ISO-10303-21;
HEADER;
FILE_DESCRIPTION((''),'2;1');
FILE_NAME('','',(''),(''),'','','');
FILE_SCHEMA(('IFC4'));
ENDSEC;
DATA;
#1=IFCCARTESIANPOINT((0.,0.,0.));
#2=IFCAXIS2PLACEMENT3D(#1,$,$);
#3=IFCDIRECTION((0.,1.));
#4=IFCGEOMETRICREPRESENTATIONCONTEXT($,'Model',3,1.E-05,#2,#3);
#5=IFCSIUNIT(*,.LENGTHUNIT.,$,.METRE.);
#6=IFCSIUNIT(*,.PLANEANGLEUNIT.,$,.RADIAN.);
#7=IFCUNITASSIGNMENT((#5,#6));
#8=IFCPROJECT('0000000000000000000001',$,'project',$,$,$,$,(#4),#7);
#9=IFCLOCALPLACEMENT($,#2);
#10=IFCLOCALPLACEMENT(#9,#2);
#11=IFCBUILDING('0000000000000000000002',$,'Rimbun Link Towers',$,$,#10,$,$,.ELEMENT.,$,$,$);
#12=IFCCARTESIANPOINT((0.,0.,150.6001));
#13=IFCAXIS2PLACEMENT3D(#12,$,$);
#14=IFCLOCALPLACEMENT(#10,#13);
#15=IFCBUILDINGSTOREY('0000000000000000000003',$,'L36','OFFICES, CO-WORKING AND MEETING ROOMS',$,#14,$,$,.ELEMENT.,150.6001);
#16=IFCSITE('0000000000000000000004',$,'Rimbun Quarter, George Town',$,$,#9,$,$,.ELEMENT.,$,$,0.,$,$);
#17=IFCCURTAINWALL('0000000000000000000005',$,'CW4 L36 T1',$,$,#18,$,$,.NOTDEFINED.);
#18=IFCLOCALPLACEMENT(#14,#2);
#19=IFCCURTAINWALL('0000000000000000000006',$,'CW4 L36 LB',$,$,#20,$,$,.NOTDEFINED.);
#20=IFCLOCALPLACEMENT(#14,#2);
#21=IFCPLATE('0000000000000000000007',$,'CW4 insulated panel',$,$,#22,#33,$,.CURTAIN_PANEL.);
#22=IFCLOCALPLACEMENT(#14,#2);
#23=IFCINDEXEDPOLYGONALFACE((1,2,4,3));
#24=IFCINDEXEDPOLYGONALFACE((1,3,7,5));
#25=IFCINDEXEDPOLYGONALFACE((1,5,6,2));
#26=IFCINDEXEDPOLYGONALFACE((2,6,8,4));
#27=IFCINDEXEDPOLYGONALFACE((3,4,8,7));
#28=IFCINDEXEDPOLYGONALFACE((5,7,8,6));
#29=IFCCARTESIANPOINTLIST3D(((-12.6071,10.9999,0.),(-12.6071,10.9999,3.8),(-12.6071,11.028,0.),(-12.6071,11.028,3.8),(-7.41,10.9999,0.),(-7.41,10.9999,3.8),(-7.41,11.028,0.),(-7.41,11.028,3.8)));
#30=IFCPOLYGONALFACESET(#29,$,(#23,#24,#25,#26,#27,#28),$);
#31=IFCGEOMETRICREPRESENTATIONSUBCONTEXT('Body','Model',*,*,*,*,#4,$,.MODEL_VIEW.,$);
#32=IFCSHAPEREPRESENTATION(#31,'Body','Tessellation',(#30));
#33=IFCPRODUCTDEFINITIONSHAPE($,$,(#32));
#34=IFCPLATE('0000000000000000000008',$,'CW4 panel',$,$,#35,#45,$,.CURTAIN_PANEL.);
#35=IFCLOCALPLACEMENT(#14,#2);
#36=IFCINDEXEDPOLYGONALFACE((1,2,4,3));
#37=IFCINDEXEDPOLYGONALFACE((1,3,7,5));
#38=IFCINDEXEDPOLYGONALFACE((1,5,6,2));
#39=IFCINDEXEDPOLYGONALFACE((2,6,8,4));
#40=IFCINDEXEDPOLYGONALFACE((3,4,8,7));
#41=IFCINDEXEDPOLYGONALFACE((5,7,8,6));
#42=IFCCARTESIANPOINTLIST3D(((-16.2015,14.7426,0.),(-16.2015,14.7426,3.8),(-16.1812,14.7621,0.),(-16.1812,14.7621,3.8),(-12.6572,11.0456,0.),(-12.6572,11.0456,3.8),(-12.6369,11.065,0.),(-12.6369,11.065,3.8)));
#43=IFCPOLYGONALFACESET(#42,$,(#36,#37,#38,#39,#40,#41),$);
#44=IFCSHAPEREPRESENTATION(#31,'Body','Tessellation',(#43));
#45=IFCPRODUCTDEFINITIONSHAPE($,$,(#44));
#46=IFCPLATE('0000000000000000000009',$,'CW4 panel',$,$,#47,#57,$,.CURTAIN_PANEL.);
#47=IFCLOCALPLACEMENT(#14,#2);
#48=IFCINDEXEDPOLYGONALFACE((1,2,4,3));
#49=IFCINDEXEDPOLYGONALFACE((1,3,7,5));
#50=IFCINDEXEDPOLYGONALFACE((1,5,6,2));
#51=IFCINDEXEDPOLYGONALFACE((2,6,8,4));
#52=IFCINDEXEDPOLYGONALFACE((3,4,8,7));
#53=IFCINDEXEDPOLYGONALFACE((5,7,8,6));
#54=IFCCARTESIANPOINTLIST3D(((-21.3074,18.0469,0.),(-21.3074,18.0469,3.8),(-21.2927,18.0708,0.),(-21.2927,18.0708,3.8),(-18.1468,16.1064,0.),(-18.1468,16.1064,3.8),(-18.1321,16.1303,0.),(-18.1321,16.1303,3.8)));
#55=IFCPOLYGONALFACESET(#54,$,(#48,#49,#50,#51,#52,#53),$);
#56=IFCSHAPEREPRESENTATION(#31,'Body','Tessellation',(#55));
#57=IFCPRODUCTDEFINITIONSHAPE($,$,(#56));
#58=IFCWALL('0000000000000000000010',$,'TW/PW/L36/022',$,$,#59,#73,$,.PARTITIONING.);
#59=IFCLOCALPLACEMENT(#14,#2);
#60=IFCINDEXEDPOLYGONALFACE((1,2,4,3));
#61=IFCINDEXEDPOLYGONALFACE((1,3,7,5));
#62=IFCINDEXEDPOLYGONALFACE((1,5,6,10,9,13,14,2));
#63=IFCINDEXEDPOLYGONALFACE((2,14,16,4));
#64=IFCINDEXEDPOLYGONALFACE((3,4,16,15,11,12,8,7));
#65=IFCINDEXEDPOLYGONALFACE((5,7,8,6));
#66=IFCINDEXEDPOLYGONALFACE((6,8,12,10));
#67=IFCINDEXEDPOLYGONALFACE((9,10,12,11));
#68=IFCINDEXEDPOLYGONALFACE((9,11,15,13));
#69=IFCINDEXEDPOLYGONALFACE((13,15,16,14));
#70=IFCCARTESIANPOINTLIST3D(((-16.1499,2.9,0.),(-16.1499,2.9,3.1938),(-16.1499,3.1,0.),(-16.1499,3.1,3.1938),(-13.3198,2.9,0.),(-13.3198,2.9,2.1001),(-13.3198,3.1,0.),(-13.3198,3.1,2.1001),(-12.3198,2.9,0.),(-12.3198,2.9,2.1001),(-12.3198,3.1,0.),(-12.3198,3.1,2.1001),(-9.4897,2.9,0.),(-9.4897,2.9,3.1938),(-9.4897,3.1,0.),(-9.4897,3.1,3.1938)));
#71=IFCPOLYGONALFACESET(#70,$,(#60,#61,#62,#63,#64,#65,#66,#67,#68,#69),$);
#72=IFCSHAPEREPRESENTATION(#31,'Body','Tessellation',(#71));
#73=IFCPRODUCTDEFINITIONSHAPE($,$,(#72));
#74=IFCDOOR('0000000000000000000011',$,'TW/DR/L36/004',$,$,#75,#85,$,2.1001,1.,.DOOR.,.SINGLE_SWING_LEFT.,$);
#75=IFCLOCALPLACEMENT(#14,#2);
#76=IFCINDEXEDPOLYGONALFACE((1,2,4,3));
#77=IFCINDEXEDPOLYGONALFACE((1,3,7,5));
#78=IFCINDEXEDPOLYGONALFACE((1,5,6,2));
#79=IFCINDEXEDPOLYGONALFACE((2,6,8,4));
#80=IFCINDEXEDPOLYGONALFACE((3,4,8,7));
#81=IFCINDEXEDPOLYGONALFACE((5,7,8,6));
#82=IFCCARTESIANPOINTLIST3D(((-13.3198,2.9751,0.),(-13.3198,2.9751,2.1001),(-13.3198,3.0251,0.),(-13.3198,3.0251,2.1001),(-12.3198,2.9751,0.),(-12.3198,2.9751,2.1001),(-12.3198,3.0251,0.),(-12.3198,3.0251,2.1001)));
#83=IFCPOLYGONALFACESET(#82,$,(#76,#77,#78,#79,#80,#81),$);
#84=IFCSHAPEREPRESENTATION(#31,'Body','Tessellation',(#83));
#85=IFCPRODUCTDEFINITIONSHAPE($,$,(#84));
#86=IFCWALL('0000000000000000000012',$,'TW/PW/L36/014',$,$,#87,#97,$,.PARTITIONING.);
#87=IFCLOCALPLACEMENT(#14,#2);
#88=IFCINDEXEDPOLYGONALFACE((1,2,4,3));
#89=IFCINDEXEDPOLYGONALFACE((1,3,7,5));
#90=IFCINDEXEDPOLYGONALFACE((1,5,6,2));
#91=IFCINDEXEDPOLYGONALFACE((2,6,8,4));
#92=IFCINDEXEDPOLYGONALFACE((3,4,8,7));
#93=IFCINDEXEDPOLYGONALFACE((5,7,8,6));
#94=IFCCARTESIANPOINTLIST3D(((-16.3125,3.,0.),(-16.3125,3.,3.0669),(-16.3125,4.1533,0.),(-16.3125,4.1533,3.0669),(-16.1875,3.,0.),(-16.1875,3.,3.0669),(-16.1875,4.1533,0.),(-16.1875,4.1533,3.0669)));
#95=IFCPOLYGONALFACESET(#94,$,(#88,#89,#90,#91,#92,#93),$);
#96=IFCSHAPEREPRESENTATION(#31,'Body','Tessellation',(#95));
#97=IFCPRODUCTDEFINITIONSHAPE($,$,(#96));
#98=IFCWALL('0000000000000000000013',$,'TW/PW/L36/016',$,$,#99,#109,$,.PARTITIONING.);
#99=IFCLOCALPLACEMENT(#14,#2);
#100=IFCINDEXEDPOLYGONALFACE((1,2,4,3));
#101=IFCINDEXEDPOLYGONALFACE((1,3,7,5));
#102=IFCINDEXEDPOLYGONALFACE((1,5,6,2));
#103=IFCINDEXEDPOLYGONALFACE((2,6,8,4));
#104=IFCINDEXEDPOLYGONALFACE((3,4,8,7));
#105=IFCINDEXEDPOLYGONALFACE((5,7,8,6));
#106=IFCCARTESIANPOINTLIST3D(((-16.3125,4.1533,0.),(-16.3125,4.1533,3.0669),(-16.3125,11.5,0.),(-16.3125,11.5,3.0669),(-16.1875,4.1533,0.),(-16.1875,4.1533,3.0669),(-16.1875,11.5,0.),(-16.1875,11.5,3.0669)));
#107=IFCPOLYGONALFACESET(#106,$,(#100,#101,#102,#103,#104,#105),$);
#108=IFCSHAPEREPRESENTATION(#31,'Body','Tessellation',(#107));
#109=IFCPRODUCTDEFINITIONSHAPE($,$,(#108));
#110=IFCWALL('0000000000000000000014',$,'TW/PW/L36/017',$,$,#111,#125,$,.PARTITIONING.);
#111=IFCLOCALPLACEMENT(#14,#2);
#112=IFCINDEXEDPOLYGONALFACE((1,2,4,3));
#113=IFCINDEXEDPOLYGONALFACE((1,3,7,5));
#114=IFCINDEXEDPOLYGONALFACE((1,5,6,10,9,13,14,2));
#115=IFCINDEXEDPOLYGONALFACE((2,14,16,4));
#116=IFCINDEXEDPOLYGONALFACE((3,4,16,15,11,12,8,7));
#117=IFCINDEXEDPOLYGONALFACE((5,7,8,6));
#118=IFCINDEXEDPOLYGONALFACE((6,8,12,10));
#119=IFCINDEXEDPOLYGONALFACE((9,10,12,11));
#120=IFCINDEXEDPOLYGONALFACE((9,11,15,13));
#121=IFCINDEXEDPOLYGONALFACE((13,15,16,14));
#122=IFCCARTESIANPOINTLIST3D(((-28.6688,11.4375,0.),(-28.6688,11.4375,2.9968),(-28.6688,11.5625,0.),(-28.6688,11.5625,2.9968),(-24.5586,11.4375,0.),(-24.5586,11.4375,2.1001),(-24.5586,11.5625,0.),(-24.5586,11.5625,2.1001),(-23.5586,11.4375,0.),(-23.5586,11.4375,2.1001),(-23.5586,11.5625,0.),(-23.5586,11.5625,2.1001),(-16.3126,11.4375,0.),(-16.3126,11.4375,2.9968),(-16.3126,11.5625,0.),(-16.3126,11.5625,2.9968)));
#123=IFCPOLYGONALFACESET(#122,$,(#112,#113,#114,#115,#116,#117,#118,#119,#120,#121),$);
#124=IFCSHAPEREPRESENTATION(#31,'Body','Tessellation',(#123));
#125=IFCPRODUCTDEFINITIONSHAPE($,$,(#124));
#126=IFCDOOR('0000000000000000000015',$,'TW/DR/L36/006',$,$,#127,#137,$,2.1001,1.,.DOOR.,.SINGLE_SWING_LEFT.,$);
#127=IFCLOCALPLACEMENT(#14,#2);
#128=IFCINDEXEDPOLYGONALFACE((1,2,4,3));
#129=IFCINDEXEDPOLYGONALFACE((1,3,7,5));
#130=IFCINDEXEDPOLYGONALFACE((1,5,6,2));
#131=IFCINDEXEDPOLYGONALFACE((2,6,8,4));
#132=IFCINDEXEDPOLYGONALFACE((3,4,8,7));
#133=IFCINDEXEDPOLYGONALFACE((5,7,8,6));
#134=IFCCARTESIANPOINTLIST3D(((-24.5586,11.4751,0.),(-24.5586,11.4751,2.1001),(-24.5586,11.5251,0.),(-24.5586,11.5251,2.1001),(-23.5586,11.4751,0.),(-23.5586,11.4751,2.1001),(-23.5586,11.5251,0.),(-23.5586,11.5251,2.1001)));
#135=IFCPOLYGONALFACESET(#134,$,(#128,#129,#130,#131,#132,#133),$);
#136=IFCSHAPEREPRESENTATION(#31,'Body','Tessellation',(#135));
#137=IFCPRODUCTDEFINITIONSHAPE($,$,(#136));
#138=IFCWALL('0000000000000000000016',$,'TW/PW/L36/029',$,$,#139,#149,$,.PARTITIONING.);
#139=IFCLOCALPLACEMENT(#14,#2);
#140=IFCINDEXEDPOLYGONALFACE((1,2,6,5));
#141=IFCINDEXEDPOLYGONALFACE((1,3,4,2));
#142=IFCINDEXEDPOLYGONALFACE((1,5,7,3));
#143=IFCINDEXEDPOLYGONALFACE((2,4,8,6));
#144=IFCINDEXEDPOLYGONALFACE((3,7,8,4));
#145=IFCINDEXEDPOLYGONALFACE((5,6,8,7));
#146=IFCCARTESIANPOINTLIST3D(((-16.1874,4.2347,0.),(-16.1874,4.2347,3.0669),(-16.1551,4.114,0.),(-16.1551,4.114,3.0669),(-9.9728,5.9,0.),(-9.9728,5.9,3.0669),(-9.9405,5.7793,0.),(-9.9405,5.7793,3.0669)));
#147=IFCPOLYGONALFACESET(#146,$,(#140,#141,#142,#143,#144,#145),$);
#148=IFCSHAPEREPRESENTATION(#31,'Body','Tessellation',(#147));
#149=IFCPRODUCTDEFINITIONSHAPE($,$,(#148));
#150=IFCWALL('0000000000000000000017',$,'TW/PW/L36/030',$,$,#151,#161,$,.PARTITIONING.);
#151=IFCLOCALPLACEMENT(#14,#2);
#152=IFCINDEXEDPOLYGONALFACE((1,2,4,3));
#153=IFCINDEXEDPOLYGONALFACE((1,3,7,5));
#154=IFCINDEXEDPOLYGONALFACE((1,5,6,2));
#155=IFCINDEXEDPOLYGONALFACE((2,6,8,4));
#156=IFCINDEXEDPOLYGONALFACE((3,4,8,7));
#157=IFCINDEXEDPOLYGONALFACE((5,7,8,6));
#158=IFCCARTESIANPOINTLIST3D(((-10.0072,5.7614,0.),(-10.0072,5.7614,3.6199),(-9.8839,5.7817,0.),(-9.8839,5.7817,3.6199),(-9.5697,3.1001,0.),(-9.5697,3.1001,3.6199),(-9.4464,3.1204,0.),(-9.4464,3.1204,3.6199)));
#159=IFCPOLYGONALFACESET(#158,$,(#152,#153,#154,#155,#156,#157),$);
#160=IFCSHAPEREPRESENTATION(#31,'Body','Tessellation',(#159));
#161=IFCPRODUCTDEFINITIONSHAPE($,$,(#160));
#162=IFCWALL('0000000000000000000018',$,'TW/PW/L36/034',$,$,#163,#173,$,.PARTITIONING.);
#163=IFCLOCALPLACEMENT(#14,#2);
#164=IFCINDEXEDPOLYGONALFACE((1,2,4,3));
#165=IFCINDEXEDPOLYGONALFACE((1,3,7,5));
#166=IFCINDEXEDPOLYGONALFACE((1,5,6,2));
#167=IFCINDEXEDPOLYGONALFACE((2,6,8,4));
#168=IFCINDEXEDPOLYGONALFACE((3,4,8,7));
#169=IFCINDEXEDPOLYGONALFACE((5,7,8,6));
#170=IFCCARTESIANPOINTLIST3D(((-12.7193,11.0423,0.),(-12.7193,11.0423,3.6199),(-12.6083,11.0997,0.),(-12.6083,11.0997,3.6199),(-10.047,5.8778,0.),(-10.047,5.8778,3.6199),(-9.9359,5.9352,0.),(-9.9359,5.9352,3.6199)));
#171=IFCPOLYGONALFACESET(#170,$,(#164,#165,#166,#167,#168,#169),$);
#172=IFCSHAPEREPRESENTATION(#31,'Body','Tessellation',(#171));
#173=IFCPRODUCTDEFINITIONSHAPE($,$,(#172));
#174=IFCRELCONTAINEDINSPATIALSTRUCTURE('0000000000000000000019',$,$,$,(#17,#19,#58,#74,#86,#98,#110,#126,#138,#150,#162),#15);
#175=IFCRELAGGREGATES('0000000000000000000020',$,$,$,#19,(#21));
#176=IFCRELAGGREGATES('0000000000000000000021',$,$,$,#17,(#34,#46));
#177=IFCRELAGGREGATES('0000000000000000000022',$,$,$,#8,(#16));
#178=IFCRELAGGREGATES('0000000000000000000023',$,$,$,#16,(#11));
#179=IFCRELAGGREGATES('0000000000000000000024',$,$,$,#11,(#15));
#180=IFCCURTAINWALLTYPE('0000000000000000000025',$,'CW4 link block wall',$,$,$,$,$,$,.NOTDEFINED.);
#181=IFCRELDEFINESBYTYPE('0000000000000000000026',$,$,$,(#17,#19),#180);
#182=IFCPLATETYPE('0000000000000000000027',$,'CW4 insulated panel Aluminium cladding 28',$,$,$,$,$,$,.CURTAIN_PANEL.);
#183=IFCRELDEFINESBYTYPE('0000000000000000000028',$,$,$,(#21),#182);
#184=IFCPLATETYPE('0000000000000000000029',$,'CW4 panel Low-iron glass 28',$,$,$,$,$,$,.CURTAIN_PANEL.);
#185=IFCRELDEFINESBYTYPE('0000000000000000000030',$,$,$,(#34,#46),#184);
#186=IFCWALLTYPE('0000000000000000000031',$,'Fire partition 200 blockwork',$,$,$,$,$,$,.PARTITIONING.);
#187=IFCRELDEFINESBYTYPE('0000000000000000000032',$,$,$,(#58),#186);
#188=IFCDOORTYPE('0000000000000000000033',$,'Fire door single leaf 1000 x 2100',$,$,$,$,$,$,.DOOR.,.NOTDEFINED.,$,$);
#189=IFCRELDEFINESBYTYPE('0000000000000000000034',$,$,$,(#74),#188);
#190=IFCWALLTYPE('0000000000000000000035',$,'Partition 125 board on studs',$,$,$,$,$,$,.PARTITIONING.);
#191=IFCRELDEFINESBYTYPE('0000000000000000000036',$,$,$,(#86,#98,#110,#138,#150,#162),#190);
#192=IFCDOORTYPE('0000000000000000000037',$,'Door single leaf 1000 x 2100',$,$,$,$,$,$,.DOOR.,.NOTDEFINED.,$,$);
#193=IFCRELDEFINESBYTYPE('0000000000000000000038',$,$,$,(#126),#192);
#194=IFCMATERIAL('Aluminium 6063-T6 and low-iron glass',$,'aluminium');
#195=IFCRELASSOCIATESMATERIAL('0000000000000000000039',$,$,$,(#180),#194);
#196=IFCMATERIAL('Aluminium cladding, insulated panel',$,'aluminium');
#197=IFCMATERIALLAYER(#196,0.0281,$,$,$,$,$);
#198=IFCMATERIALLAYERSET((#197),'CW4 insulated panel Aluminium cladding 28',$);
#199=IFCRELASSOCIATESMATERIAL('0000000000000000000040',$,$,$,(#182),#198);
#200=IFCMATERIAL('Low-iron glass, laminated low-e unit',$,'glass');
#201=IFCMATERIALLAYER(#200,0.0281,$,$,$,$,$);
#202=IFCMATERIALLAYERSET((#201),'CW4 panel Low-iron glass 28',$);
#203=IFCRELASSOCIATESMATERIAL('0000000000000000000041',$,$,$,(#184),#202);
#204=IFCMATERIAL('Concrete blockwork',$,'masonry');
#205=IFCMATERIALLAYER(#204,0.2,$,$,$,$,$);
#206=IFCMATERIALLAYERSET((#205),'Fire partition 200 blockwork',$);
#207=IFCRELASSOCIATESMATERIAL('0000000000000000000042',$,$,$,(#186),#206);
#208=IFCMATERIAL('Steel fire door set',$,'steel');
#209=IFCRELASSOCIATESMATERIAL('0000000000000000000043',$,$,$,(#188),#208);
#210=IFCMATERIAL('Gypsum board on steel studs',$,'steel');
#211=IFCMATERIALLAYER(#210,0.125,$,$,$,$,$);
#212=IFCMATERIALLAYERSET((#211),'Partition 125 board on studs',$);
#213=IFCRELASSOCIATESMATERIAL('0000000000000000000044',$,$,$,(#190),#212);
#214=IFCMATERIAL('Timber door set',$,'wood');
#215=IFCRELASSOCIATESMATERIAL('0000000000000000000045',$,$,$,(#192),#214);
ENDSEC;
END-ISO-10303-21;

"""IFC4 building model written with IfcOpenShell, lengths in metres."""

from ifc_helpers import new_model, si_unit, direction, frame, frame_2d, origin, origin_2d, place, context, subcontext, project, spatial, rectangle, extrude, material, layer, layer_set, type_object, element, fill, aggregate, save


model = new_model("IFC4")

# Units and contexts
model_context = context("Model", 3, precision=1e-05, world=origin(), true_north=direction((0.0, 1.0)))
body_context = subcontext(model_context, "Body", "Model", "MODEL_VIEW")
ifc_project = project(units=[si_unit("LENGTHUNIT", "METRE"), si_unit("PLANEANGLEUNIT", "RADIAN")], contexts=[model_context])

# Site, building, storey
site_placement = place(None, origin())
site = spatial("IfcSite", under=ifc_project, at=site_placement, Name="Rimbun Quarter, George Town", CompositionType="ELEMENT", RefElevation=0.0)
building_placement = place(site_placement, origin())
building = spatial("IfcBuilding", under=site, at=building_placement, Name="Rimbun Link Towers", CompositionType="ELEMENT")
storey_placement = place(building_placement, frame((0.0, 0.0, 150.6001)))
storey = spatial("IfcBuildingStorey", under=building, at=storey_placement, Name="L36", Description="OFFICES, CO-WORKING AND MEETING ROOMS", CompositionType="ELEMENT", Elevation=150.6001)

# Curtain walls
ifc_material_1 = material(Name="Aluminium 6063-T6 and low-iron glass", Category="aluminium")
curtain_wall_type = type_object("IfcCurtainWallType", Name="CW4 link block wall", PredefinedType="NOTDEFINED", material=ifc_material_1)
curtain_wall_1_placement = place(storey_placement, origin())
curtain_wall_1 = element("IfcCurtainWall", 1, at=curtain_wall_1_placement, inside=storey, type_object=curtain_wall_type, Name="CW4 L36 T1", PredefinedType="NOTDEFINED")
curtain_wall_2_placement = place(storey_placement, origin())
curtain_wall_2 = element("IfcCurtainWall", 2, at=curtain_wall_2_placement, inside=storey, type_object=curtain_wall_type, Name="CW4 L36 LB", PredefinedType="NOTDEFINED")

# Plates
ifc_material_2 = material(Name="Aluminium cladding, insulated panel", Category="aluminium")
ifc_layer_1 = layer(ifc_material_2, 0.0281)
ifc_layer_set_1 = layer_set([ifc_layer_1], Name="CW4 insulated panel Aluminium cladding 28")
plate_type_1 = type_object("IfcPlateType", Name="CW4 insulated panel Aluminium cladding 28", PredefinedType="CURTAIN_PANEL", material=ifc_layer_set_1)
plate_1_placement = place(storey_placement, frame((-10.0085, 11.0139, 0.0), z_axis=(0.0, 0.0, 1.0), x_axis=(1.0, 0.0, 0.0)))
plate_1 = element("IfcPlate", 3, at=plate_1_placement, type_object=plate_type_1, Name="CW4 insulated panel", PredefinedType="CURTAIN_PANEL", context=body_context, shape_type="SweptSolid", body=[
    extrude(rectangle(XDim=5.197, YDim=0.0281, at=origin_2d()), origin(), (0.0, 0.0, 1.0), 3.8),
])
aggregate(curtain_wall_2, [plate_1])
ifc_material_3 = material(Name="Low-iron glass, laminated low-e unit", Category="glass")
ifc_layer_2 = layer(ifc_material_3, 0.0281)
ifc_layer_set_2 = layer_set([ifc_layer_2], Name="CW4 panel Low-iron glass 28")
plate_type_2 = type_object("IfcPlateType", Name="CW4 panel Low-iron glass 28", PredefinedType="CURTAIN_PANEL", material=ifc_layer_set_2)
plate_2_placement = place(storey_placement, frame((-14.4192, 12.9038, 0.0), z_axis=(0.0, 0.0, 1.0), x_axis=(0.692041, -0.721858, 0.0)))
plate_2 = element("IfcPlate", 4, at=plate_2_placement, type_object=plate_type_2, Name="CW4 panel", PredefinedType="CURTAIN_PANEL", context=body_context, shape_type="SweptSolid", body=[
    extrude(rectangle(XDim=5.1216, YDim=0.0281, at=origin_2d()), origin(), (0.0, 0.0, 1.0), 3.8),
])
plate_3_placement = place(storey_placement, frame((-19.7197, 17.0886, 0.0), z_axis=(0.0, 0.0, 1.0), x_axis=(0.852194, -0.523225, 0.0)))
plate_3 = element("IfcPlate", 5, at=plate_3_placement, type_object=plate_type_2, Name="CW4 panel", PredefinedType="CURTAIN_PANEL", context=body_context, shape_type="SweptSolid", body=[
    extrude(rectangle(XDim=3.7087, YDim=0.0281, at=origin_2d()), origin(), (0.0, 0.0, 1.0), 3.8),
])
aggregate(curtain_wall_1, [plate_2, plate_3])

# Wall, opening, door
ifc_material_4 = material(Name="Concrete blockwork", Category="masonry")
ifc_layer_3 = layer(ifc_material_4, 0.2)
ifc_layer_set_3 = layer_set([ifc_layer_3], Name="Fire partition 200 blockwork")
wall_type_1 = type_object("IfcWallType", Name="Fire partition 200 blockwork", PredefinedType="PARTITIONING", material=ifc_layer_set_3)
wall_1_placement = place(storey_placement, frame((-9.4897, 3.0, 0.0), z_axis=(0.0, 0.0, 1.0), x_axis=(-1.0, 0.0, 0.0)))
wall_1 = element("IfcWall", 6, at=wall_1_placement, inside=storey, type_object=wall_type_1, Name="TW/PW/L36/022", PredefinedType="PARTITIONING", context=body_context, shape_type="SweptSolid", body=[
    extrude(rectangle(XDim=6.6602, YDim=0.2, at=frame_2d((3.3301, 0.0))), origin(), (0.0, 0.0, 1.0), 3.1938),
])
opening_1_placement = place(wall_1_placement, frame((2.8301, 0.0, 0.0)))
opening_1 = element("IfcOpeningElement", 7, at=opening_1_placement, cuts=wall_1, PredefinedType="OPENING", context=body_context, shape_type="SweptSolid", body=[
    extrude(rectangle(XDim=1.0, YDim=2.1001, at=frame_2d((0.5, 1.05))), frame((0.0, 0.1099, 0.0), z_axis=(0.0, -1.0, 0.0), x_axis=(1.0, 0.0, 0.0)), (0.0, 0.0, 1.0), 0.22),
])
ifc_material_5 = material(Name="Steel fire door set", Category="steel")
door_type_1 = type_object("IfcDoorType", Name="Fire door single leaf 1000 x 2100", OperationType="NOTDEFINED", PredefinedType="DOOR", material=ifc_material_5)
door_1_placement = place(opening_1_placement, origin())
door_1 = element("IfcDoor", 8, at=door_1_placement, inside=storey, type_object=door_type_1, Name="TW/DR/L36/004", OperationType="SINGLE_SWING_LEFT", OverallHeight=2.1001, OverallWidth=1.0, PredefinedType="DOOR", context=body_context, shape_type="SweptSolid", body=[
    extrude(rectangle(XDim=1.0, YDim=2.1001, at=frame_2d((0.5, 1.05))), frame((0.0, 0.0249, 0.0), z_axis=(0.0, -1.0, 0.0), x_axis=(1.0, 0.0, 0.0)), (0.0, 0.0, 1.0), 0.05),
])
fill(opening_1, door_1)

# Walls
ifc_material_6 = material(Name="Gypsum board on steel studs", Category="steel")
ifc_layer_4 = layer(ifc_material_6, 0.125)
ifc_layer_set_4 = layer_set([ifc_layer_4], Name="Partition 125 board on studs")
wall_type_2 = type_object("IfcWallType", Name="Partition 125 board on studs", PredefinedType="PARTITIONING", material=ifc_layer_set_4)
wall_2_placement = place(storey_placement, frame((-16.25, 3.0, 0.0), z_axis=(0.0, 0.0, 1.0), x_axis=(0.0, 1.0, 0.0)))
element("IfcWall", 9, at=wall_2_placement, inside=storey, type_object=wall_type_2, Name="TW/PW/L36/014", PredefinedType="PARTITIONING", context=body_context, shape_type="SweptSolid", body=[
    extrude(rectangle(XDim=1.1533, YDim=0.125, at=frame_2d((0.5767, 0.0))), origin(), (0.0, 0.0, 1.0), 3.0669),
])
wall_3_placement = place(storey_placement, frame((-16.25, 4.1533, 0.0), z_axis=(0.0, 0.0, 1.0), x_axis=(0.0, 1.0, 0.0)))
element("IfcWall", 10, at=wall_3_placement, inside=storey, type_object=wall_type_2, Name="TW/PW/L36/016", PredefinedType="PARTITIONING", context=body_context, shape_type="SweptSolid", body=[
    extrude(rectangle(XDim=7.3467, YDim=0.125, at=frame_2d((3.6733, 0.0))), origin(), (0.0, 0.0, 1.0), 3.0669),
])

# Wall, opening, door
wall_4_placement = place(storey_placement, frame((-16.3125, 11.5, 0.0), z_axis=(0.0, 0.0, 1.0), x_axis=(-1.0, 0.0, 0.0)))
wall_4 = element("IfcWall", 11, at=wall_4_placement, inside=storey, type_object=wall_type_2, Name="TW/PW/L36/017", PredefinedType="PARTITIONING", context=body_context, shape_type="SweptSolid", body=[
    extrude(rectangle(XDim=12.3562, YDim=0.125, at=frame_2d((6.1782, 0.0))), origin(), (0.0, 0.0, 1.0), 2.9968),
])
opening_2_placement = place(wall_4_placement, frame((7.2461, 0.0, 0.0)))
opening_2 = element("IfcOpeningElement", 12, at=opening_2_placement, cuts=wall_4, PredefinedType="OPENING", context=body_context, shape_type="SweptSolid", body=[
    extrude(rectangle(XDim=1.0, YDim=2.1001, at=frame_2d((0.5, 1.05))), frame((0.0, 0.0725, 0.0), z_axis=(0.0, -1.0, 0.0), x_axis=(1.0, 0.0, 0.0)), (0.0, 0.0, 1.0), 0.145),
])
ifc_material_7 = material(Name="Timber door set", Category="wood")
door_type_2 = type_object("IfcDoorType", Name="Door single leaf 1000 x 2100", OperationType="NOTDEFINED", PredefinedType="DOOR", material=ifc_material_7)
door_2_placement = place(opening_2_placement, origin())
door_2 = element("IfcDoor", 13, at=door_2_placement, inside=storey, type_object=door_type_2, Name="TW/DR/L36/006", OperationType="SINGLE_SWING_LEFT", OverallHeight=2.1001, OverallWidth=1.0, PredefinedType="DOOR", context=body_context, shape_type="SweptSolid", body=[
    extrude(rectangle(XDim=1.0, YDim=2.1001, at=frame_2d((0.5, 1.05))), frame((0.0, 0.0249, 0.0), z_axis=(0.0, -1.0, 0.0), x_axis=(1.0, 0.0, 0.0)), (0.0, 0.0, 1.0), 0.05),
])
fill(opening_2, door_2)

# Walls
wall_5_placement = place(storey_placement, frame((-9.9568, 5.8396, 0.0), z_axis=(0.0, 0.0, 1.0), x_axis=(-0.965922, -0.258832, 0.0)))
element("IfcWall", 14, at=wall_5_placement, inside=storey, type_object=wall_type_2, Name="TW/PW/L36/029", PredefinedType="PARTITIONING", context=body_context, shape_type="SweptSolid", body=[
    extrude(rectangle(XDim=6.4338, YDim=0.125, at=frame_2d((3.2168, 0.0))), origin(), (0.0, 0.0, 1.0), 3.0669),
])
wall_6_placement = place(storey_placement, frame((-9.5081, 3.1101, 0.0), z_axis=(0.0, 0.0, 1.0), x_axis=(-0.162211, 0.986756, 0.0)))
element("IfcWall", 15, at=wall_6_placement, inside=storey, type_object=wall_type_2, Name="TW/PW/L36/030", PredefinedType="PARTITIONING", context=body_context, shape_type="SweptSolid", body=[
    extrude(rectangle(XDim=2.697, YDim=0.125, at=frame_2d((1.3486, 0.0))), origin(), (0.0, 0.0, 1.0), 3.6199),
])
wall_7_placement = place(storey_placement, frame((-9.9915, 5.9065, 0.0), z_axis=(0.0, 0.0, 1.0), x_axis=(-0.459565, 0.888144, 0.0)))
element("IfcWall", 16, at=wall_7_placement, inside=storey, type_object=wall_type_2, Name="TW/PW/L36/034", PredefinedType="PARTITIONING", context=body_context, shape_type="SweptSolid", body=[
    extrude(rectangle(XDim=5.8149, YDim=0.125, at=frame_2d((2.9075, 0.0))), origin(), (0.0, 0.0, 1.0), 3.6199),
])

save(model, "model.ifc")
